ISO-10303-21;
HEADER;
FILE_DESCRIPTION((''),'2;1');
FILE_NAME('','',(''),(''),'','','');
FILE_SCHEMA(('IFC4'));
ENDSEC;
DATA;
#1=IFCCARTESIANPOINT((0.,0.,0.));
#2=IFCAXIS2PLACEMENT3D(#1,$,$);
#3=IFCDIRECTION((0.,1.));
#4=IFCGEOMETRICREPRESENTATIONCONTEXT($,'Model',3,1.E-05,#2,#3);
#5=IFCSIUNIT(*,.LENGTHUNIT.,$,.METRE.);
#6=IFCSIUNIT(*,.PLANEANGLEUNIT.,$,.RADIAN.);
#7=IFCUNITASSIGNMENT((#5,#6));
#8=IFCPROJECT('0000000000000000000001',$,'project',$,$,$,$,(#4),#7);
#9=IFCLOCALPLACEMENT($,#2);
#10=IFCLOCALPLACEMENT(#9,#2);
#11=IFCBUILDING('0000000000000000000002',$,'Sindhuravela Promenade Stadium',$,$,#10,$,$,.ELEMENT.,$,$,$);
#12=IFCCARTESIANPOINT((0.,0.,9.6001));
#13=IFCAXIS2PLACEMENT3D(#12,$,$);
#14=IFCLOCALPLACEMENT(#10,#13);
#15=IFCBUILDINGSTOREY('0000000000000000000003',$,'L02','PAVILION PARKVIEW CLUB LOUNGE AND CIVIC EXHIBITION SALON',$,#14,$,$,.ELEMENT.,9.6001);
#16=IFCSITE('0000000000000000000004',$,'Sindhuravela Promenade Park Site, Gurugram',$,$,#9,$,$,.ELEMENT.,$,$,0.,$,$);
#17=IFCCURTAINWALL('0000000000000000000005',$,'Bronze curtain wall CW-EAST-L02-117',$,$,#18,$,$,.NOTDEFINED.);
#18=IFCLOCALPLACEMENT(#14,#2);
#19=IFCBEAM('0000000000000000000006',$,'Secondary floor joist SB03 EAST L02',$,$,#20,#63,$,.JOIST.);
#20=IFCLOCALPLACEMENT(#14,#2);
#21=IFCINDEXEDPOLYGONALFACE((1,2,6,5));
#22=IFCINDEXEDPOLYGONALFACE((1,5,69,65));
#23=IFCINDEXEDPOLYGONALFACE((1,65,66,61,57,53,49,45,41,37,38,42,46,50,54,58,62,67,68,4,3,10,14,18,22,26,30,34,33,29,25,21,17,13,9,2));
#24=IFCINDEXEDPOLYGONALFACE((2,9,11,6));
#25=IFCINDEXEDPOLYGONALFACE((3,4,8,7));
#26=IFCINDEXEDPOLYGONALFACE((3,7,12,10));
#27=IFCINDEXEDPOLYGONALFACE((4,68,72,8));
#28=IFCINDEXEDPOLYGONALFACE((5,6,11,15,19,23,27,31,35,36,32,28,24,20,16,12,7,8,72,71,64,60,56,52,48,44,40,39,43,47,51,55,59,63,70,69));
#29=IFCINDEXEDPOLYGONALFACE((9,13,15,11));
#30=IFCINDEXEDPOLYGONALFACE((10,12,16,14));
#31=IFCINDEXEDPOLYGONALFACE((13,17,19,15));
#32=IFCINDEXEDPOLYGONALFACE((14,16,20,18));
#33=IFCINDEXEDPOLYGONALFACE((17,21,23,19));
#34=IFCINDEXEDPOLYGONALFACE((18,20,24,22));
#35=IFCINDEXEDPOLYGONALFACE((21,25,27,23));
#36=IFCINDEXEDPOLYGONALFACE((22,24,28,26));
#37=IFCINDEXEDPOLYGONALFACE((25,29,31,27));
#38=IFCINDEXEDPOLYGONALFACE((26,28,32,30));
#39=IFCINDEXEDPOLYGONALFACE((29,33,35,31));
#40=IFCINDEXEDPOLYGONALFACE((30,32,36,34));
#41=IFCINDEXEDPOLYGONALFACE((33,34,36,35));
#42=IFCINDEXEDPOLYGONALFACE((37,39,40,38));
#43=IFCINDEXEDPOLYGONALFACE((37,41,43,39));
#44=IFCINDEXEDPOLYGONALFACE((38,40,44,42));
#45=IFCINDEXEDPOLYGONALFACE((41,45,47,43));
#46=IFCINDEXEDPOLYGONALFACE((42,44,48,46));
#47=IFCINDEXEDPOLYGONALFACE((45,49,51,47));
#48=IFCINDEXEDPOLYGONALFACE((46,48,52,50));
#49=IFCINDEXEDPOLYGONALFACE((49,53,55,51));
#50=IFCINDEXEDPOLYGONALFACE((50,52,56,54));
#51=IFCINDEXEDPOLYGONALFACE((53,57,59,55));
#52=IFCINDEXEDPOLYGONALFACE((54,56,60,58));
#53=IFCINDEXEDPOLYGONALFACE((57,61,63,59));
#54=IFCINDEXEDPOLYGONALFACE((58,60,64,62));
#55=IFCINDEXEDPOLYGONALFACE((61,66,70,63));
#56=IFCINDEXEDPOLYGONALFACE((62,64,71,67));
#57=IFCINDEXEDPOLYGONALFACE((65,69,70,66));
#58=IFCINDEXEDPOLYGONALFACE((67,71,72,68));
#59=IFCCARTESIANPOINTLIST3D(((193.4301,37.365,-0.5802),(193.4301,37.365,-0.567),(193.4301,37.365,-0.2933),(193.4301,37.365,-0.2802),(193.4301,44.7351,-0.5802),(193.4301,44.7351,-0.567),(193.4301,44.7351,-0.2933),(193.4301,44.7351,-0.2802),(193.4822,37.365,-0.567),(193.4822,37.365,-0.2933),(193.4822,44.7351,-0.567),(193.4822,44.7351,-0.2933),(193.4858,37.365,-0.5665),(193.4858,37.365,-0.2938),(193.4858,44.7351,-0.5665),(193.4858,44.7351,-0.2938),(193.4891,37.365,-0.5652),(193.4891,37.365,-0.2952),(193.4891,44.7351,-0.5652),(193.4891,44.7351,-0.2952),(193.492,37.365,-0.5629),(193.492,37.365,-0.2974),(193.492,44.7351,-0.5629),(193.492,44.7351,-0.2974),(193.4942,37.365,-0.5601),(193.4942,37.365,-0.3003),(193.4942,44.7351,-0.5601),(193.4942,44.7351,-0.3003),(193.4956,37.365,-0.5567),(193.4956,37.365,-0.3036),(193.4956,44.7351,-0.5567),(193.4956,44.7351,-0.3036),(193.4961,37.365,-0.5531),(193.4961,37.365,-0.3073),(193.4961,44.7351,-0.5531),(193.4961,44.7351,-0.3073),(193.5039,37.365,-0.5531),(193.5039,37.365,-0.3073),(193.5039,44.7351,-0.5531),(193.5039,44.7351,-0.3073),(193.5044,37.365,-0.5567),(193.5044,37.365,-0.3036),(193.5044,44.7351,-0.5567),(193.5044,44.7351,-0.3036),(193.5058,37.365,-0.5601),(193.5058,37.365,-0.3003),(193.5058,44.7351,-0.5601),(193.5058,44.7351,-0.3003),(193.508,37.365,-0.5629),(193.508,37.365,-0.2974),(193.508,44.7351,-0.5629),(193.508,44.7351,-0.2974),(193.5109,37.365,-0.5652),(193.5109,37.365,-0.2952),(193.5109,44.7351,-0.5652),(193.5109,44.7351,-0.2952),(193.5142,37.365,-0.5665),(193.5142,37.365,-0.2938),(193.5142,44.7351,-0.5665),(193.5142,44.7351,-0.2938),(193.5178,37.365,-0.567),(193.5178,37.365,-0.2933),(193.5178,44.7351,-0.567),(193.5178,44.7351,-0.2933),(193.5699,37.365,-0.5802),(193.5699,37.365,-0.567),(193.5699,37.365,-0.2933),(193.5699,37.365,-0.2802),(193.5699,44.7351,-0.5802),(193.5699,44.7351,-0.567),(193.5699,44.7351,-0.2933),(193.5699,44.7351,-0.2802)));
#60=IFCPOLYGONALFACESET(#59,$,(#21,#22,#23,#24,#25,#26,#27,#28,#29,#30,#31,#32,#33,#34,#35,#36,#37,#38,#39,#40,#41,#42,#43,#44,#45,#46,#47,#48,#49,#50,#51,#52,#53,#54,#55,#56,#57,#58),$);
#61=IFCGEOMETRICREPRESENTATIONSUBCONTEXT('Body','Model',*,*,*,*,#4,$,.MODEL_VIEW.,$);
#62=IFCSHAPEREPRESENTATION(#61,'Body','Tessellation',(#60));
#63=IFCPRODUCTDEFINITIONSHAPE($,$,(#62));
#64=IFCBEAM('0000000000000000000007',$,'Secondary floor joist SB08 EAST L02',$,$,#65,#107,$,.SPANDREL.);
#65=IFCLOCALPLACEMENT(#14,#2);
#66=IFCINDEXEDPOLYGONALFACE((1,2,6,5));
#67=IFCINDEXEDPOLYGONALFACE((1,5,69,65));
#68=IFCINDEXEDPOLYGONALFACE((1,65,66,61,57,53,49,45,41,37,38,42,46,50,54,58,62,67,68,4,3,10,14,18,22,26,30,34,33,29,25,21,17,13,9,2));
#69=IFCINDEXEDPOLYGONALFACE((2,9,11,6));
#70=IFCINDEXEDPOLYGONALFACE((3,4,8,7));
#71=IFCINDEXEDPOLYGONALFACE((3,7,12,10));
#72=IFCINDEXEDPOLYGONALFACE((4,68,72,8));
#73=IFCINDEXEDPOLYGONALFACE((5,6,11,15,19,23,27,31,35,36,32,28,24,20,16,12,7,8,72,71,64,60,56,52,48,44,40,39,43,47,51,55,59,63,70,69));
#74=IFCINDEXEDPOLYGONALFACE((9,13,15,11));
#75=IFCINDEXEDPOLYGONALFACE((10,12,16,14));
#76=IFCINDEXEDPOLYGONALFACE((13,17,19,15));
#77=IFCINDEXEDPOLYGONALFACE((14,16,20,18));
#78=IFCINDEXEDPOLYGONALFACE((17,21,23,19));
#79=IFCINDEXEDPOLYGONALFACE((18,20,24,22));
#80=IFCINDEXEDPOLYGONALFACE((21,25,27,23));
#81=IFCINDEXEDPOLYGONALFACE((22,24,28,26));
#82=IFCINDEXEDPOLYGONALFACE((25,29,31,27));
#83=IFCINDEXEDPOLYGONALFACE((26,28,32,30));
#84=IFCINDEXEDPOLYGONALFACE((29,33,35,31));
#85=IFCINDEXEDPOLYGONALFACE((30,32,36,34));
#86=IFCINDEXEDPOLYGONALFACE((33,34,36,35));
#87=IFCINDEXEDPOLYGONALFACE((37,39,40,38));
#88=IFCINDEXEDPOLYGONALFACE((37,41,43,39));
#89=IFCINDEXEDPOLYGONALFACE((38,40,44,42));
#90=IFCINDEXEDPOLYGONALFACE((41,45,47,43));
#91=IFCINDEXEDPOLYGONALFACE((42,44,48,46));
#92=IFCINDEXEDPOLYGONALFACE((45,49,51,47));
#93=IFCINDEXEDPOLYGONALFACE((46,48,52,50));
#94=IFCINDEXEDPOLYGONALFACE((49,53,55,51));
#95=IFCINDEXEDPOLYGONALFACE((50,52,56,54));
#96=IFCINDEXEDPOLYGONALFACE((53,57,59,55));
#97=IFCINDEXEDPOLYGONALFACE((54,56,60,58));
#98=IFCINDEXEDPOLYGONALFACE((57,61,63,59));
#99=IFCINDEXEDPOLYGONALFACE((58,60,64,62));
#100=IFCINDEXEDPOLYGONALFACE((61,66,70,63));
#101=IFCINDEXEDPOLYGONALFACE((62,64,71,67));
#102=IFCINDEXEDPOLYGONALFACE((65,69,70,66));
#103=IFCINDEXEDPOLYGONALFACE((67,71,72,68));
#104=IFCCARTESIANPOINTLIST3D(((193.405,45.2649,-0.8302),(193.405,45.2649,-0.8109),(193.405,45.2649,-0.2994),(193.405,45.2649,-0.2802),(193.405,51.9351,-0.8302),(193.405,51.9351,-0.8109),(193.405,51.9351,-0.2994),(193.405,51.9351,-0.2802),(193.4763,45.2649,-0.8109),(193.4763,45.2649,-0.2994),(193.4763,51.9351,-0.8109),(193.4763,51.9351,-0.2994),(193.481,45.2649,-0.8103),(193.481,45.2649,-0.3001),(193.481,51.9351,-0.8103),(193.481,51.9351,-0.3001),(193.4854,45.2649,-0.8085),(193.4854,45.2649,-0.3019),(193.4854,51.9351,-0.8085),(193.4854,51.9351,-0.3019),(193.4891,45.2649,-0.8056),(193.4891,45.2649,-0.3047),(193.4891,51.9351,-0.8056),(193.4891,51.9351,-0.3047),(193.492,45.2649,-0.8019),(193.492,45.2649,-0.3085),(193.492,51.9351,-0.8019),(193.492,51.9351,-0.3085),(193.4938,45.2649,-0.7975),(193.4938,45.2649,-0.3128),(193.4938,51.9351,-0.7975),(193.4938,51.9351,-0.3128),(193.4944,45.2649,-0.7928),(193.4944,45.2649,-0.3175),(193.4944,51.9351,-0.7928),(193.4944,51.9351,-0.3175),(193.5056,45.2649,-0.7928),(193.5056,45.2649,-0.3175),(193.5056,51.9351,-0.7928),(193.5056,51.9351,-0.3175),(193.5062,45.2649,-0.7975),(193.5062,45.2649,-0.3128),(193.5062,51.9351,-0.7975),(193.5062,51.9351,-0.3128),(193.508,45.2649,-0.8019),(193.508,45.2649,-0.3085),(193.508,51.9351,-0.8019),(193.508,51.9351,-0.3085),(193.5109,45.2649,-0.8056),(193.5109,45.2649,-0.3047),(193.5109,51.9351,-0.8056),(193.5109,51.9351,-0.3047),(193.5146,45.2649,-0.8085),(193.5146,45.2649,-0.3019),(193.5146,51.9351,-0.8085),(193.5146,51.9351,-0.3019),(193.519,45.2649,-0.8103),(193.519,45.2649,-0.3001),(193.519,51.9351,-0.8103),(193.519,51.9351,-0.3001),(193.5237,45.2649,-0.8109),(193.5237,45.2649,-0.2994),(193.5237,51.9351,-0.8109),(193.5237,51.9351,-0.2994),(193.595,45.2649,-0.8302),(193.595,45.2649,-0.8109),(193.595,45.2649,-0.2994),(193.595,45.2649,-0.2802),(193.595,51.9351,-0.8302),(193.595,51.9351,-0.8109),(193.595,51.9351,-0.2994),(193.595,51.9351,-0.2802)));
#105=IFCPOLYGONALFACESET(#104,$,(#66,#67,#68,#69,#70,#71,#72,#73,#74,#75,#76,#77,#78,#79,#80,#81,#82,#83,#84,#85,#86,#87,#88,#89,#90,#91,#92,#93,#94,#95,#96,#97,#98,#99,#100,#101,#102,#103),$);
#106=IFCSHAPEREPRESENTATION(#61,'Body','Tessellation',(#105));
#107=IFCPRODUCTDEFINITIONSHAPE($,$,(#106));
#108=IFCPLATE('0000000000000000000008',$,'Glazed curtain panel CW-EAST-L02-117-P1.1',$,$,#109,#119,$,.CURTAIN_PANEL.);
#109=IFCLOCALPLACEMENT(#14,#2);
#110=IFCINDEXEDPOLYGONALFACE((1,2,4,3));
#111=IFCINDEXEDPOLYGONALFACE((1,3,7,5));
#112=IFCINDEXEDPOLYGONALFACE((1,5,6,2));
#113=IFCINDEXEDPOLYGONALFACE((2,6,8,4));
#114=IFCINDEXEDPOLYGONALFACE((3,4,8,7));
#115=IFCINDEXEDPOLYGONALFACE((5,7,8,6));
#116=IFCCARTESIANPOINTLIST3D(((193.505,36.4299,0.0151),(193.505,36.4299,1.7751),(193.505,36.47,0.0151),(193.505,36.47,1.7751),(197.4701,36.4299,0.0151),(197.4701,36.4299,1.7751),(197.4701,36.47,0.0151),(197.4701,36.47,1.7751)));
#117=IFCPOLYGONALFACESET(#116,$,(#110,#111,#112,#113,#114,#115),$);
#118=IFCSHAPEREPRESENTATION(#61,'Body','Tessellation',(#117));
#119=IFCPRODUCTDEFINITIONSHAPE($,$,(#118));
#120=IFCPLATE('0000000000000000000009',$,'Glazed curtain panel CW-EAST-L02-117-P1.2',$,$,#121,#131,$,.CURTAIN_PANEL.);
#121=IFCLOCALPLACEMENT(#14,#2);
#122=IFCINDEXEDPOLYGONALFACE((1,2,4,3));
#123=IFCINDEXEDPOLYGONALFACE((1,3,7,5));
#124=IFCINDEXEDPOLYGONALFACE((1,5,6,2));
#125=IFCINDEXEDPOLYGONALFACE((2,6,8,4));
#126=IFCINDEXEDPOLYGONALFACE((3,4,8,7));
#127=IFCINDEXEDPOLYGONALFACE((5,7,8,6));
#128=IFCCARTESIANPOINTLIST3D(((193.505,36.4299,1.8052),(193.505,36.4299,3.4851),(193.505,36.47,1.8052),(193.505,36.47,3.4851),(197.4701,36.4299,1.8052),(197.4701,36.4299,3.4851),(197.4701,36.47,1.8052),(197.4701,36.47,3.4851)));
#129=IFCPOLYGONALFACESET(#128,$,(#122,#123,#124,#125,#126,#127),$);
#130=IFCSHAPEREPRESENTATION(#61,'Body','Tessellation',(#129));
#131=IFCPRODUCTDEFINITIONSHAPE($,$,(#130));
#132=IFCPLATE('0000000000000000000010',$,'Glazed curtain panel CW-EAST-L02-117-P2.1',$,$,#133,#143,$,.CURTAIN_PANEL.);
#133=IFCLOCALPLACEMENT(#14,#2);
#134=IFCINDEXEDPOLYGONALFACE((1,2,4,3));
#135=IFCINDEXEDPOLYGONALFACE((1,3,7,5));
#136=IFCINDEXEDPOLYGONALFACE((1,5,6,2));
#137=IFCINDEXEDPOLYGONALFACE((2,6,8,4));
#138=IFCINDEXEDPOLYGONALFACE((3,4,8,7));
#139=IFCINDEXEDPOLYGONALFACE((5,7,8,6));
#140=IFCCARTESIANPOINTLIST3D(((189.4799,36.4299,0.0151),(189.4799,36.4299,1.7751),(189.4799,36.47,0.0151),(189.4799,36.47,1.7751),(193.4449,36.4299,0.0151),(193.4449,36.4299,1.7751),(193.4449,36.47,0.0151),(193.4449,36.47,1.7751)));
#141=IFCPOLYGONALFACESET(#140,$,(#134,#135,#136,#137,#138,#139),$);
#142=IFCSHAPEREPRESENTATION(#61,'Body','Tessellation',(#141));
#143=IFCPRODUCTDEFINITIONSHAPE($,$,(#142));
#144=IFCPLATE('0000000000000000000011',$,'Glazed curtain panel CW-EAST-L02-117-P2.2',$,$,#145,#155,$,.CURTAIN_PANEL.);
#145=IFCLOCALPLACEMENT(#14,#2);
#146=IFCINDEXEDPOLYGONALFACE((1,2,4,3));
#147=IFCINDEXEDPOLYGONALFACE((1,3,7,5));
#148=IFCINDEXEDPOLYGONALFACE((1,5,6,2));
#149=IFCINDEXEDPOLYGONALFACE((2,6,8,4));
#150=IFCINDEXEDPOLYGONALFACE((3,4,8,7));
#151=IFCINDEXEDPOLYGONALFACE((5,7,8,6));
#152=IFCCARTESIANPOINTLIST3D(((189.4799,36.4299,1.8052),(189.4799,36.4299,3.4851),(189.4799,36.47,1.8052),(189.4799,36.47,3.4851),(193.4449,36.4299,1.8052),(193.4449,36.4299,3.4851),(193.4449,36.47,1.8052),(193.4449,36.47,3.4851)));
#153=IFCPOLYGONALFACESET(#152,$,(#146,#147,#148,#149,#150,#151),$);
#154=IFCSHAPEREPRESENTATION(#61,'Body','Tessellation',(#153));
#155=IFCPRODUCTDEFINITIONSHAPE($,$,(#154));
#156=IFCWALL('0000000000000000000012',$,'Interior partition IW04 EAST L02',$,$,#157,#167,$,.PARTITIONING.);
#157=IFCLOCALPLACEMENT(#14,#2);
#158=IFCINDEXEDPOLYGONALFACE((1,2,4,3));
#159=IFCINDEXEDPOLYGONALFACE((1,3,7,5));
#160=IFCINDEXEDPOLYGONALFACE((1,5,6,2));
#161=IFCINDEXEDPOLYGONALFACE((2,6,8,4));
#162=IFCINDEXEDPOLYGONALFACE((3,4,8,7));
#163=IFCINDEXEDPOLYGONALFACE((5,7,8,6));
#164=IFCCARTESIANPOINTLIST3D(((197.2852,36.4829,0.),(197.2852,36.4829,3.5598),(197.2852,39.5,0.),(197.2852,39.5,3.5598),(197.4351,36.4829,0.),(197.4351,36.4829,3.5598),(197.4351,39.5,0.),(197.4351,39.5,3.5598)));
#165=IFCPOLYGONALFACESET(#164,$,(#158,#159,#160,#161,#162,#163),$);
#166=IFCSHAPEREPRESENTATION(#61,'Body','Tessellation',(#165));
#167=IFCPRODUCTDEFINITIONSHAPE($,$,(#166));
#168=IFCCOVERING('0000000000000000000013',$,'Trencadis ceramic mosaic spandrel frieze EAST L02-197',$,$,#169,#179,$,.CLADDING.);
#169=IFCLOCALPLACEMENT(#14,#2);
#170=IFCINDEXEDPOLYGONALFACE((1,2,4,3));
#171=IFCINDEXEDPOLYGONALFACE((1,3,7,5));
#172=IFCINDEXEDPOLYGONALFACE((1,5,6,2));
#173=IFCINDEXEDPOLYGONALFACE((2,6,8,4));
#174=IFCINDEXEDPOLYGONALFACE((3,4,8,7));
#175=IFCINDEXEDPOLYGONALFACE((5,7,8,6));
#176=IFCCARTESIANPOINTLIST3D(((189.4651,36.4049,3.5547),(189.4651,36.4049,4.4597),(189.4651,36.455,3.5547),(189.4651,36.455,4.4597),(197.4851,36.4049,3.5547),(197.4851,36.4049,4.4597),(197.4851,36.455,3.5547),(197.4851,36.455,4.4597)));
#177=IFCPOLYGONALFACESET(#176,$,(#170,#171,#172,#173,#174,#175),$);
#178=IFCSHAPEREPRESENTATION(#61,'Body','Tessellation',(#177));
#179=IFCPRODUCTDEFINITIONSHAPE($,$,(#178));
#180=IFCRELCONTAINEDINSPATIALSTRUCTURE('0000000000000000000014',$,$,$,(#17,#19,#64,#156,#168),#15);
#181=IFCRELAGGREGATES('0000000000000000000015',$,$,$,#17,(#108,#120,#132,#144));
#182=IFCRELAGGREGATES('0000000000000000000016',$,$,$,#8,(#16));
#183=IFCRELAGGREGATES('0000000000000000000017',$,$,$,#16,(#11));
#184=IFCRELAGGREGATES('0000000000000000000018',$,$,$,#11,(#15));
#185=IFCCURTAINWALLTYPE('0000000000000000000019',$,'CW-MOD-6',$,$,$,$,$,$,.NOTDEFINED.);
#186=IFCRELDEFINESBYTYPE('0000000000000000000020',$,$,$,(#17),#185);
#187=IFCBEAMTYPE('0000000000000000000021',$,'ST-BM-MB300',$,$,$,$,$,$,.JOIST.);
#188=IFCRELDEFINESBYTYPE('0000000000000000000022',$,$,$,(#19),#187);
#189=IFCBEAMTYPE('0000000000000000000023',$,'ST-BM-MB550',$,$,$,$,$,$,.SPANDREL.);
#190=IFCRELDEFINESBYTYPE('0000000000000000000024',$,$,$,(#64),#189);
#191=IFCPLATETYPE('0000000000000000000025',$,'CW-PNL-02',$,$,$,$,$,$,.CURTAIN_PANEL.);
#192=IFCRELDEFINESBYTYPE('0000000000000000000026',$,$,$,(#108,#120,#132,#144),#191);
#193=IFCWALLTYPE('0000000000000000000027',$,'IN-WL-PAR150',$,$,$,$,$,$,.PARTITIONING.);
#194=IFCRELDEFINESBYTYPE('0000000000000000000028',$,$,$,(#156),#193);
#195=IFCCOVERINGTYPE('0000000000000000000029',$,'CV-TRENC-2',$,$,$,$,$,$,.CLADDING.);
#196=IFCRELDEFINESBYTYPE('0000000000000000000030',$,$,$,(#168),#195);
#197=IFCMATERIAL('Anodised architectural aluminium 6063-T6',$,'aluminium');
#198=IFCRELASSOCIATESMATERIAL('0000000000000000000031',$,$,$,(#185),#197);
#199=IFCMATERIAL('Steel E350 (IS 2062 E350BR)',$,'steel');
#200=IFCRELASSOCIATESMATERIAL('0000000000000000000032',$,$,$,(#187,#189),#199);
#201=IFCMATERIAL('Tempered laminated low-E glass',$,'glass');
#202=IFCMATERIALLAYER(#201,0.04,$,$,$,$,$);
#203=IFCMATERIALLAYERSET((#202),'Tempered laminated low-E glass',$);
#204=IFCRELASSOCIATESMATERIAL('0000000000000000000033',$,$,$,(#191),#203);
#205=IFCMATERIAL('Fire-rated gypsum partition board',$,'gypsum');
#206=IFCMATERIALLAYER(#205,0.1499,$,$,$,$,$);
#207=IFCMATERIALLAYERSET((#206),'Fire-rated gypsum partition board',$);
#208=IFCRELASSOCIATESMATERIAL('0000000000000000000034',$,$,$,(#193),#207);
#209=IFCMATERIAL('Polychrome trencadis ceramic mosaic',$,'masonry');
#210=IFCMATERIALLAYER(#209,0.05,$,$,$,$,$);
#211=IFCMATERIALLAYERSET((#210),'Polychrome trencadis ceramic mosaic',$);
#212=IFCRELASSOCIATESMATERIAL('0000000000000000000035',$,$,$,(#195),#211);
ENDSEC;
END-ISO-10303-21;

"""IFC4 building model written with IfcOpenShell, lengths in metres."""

from ifc_helpers import new_model, si_unit, direction, frame, frame_2d, origin, origin_2d, place, context, subcontext, project, spatial, rectangle, i_section, extrude, material, layer, layer_set, material_profile, profile_set, type_object, element, aggregate, save


model = new_model("IFC4")

# Units and contexts
model_context = context("Model", 3, precision=1e-05, world=origin(), true_north=direction((0.0, 1.0)))
body_context = subcontext(model_context, "Body", "Model", "MODEL_VIEW")
ifc_project = project(units=[si_unit("LENGTHUNIT", "METRE"), si_unit("PLANEANGLEUNIT", "RADIAN")], contexts=[model_context])

# Site, building, storey
site_placement = place(None, origin())
site = spatial("IfcSite", under=ifc_project, at=site_placement, Name="Sindhuravela Promenade Park Site, Gurugram", CompositionType="ELEMENT", RefElevation=0.0)
building_placement = place(site_placement, origin())
building = spatial("IfcBuilding", under=site, at=building_placement, Name="Sindhuravela Promenade Stadium", CompositionType="ELEMENT")
storey_placement = place(building_placement, frame((0.0, 0.0, 9.6001)))
storey = spatial("IfcBuildingStorey", under=building, at=storey_placement, Name="L02", Description="PAVILION PARKVIEW CLUB LOUNGE AND CIVIC EXHIBITION SALON", CompositionType="ELEMENT", Elevation=9.6001)

# Curtain wall
ifc_material_1 = material(Name="Anodised architectural aluminium 6063-T6", Category="aluminium")
curtain_wall_type = type_object("IfcCurtainWallType", Name="CW-MOD-6", PredefinedType="NOTDEFINED", material=ifc_material_1)
curtain_wall_placement = place(storey_placement, origin())
curtain_wall = element("IfcCurtainWall", 1, at=curtain_wall_placement, inside=storey, type_object=curtain_wall_type, Name="Bronze curtain wall CW-EAST-L02-117", PredefinedType="NOTDEFINED")

# Beams
ifc_material_2 = material(Name="Steel E350 (IS 2062 E350BR)", Category="steel")
ifc_material_profile_1 = material_profile(ifc_material_2, i_section(OverallWidth=0.1399, OverallDepth=0.3, WebThickness=0.0078, FlangeThickness=0.0132, FilletRadius=0.0139, at=origin_2d()), Name="ISMB 300")
ifc_profile_set_1 = profile_set([ifc_material_profile_1], Name="Steel E350 (IS 2062 E350BR)")
beam_type_1 = type_object("IfcBeamType", Name="ST-BM-MB300", PredefinedType="JOIST", material=ifc_profile_set_1)
beam_1_placement = place(storey_placement, frame((193.5, 37.365, -0.4302), z_axis=(0.0, 1.0, 0.0), x_axis=(-1.0, 0.0, 0.0)))
element("IfcBeam", 2, at=beam_1_placement, inside=storey, type_object=beam_type_1, Name="Secondary floor joist SB03 EAST L02", PredefinedType="JOIST", context=body_context, shape_type="SweptSolid", body=[
    extrude(i_section(OverallWidth=0.1399, OverallDepth=0.3, WebThickness=0.0078, FlangeThickness=0.0132, FilletRadius=0.0139, at=origin_2d()), origin(), (0.0, 0.0, 1.0), 7.3701),
])
ifc_material_profile_2 = material_profile(ifc_material_2, i_section(OverallWidth=0.1899, OverallDepth=0.55, WebThickness=0.0112, FlangeThickness=0.0193, FilletRadius=0.0181, at=origin_2d()), Name="ISMB 550")
ifc_profile_set_2 = profile_set([ifc_material_profile_2], Name="Steel E350 (IS 2062 E350BR)")
beam_type_2 = type_object("IfcBeamType", Name="ST-BM-MB550", PredefinedType="SPANDREL", material=ifc_profile_set_2)
beam_2_placement = place(storey_placement, frame((193.5, 45.2649, -0.5552), z_axis=(0.0, 1.0, 0.0), x_axis=(-1.0, 0.0, 0.0)))
element("IfcBeam", 3, at=beam_2_placement, inside=storey, type_object=beam_type_2, Name="Secondary floor joist SB08 EAST L02", PredefinedType="SPANDREL", context=body_context, shape_type="SweptSolid", body=[
    extrude(i_section(OverallWidth=0.1899, OverallDepth=0.55, WebThickness=0.0112, FlangeThickness=0.0193, FilletRadius=0.0181, at=origin_2d()), origin(), (0.0, 0.0, 1.0), 6.6702),
])

# Plates
ifc_material_3 = material(Name="Tempered laminated low-E glass", Category="glass")
ifc_layer_1 = layer(ifc_material_3, 0.04)
ifc_layer_set_1 = layer_set([ifc_layer_1], Name="Tempered laminated low-E glass")
plate_type = type_object("IfcPlateType", Name="CW-PNL-02", PredefinedType="CURTAIN_PANEL", material=ifc_layer_set_1)
plate_1_placement = place(storey_placement, frame((195.4875, 36.45, 0.0151), z_axis=(0.0, 0.0, 1.0), x_axis=(-1.0, 0.0, 0.0)))
plate_1 = element("IfcPlate", 4, at=plate_1_placement, type_object=plate_type, Name="Glazed curtain panel CW-EAST-L02-117-P1.1", PredefinedType="CURTAIN_PANEL", context=body_context, shape_type="SweptSolid", body=[
    extrude(rectangle(XDim=3.9651, YDim=0.04, at=origin_2d()), origin(), (0.0, 0.0, 1.0), 1.76),
])
plate_2_placement = place(storey_placement, frame((195.4875, 36.45, 1.8052), z_axis=(0.0, 0.0, 1.0), x_axis=(-1.0, 0.0, 0.0)))
plate_2 = element("IfcPlate", 5, at=plate_2_placement, type_object=plate_type, Name="Glazed curtain panel CW-EAST-L02-117-P1.2", PredefinedType="CURTAIN_PANEL", context=body_context, shape_type="SweptSolid", body=[
    extrude(rectangle(XDim=3.9651, YDim=0.04, at=origin_2d()), origin(), (0.0, 0.0, 1.0), 1.6799),
])
plate_3_placement = place(storey_placement, frame((191.4624, 36.45, 0.0151), z_axis=(0.0, 0.0, 1.0), x_axis=(-1.0, 0.0, 0.0)))
plate_3 = element("IfcPlate", 6, at=plate_3_placement, type_object=plate_type, Name="Glazed curtain panel CW-EAST-L02-117-P2.1", PredefinedType="CURTAIN_PANEL", context=body_context, shape_type="SweptSolid", body=[
    extrude(rectangle(XDim=3.9651, YDim=0.04, at=origin_2d()), origin(), (0.0, 0.0, 1.0), 1.76),
])
plate_4_placement = place(storey_placement, frame((191.4624, 36.45, 1.8052), z_axis=(0.0, 0.0, 1.0), x_axis=(-1.0, 0.0, 0.0)))
plate_4 = element("IfcPlate", 7, at=plate_4_placement, type_object=plate_type, Name="Glazed curtain panel CW-EAST-L02-117-P2.2", PredefinedType="CURTAIN_PANEL", context=body_context, shape_type="SweptSolid", body=[
    extrude(rectangle(XDim=3.9651, YDim=0.04, at=origin_2d()), origin(), (0.0, 0.0, 1.0), 1.6799),
])
aggregate(curtain_wall, [plate_1, plate_2, plate_3, plate_4])

# Wall
ifc_material_4 = material(Name="Fire-rated gypsum partition board", Category="gypsum")
ifc_layer_2 = layer(ifc_material_4, 0.1499)
ifc_layer_set_2 = layer_set([ifc_layer_2], Name="Fire-rated gypsum partition board")
wall_type = type_object("IfcWallType", Name="IN-WL-PAR150", PredefinedType="PARTITIONING", material=ifc_layer_set_2)
wall_placement = place(storey_placement, frame((197.3601, 39.5, 0.0), z_axis=(0.0, 0.0, 1.0), x_axis=(0.0, -1.0, 0.0)))
element("IfcWall", 8, at=wall_placement, inside=storey, type_object=wall_type, Name="Interior partition IW04 EAST L02", PredefinedType="PARTITIONING", context=body_context, shape_type="SweptSolid", body=[
    extrude(rectangle(XDim=3.0171, YDim=0.1499, at=frame_2d((1.5085, 0.0))), origin(), (0.0, 0.0, 1.0), 3.5598),
])

# Covering
ifc_material_5 = material(Name="Polychrome trencadis ceramic mosaic", Category="masonry")
ifc_layer_3 = layer(ifc_material_5, 0.05)
ifc_layer_set_3 = layer_set([ifc_layer_3], Name="Polychrome trencadis ceramic mosaic")
covering_type = type_object("IfcCoveringType", Name="CV-TRENC-2", PredefinedType="CLADDING", material=ifc_layer_set_3)
covering_placement = place(storey_placement, frame((193.4751, 36.4299, 3.5547), z_axis=(0.0, 0.0, 1.0), x_axis=(-1.0, 0.0, 0.0)))
element("IfcCovering", 9, at=covering_placement, inside=storey, type_object=covering_type, Name="Trencadis ceramic mosaic spandrel frieze EAST L02-197", PredefinedType="CLADDING", context=body_context, shape_type="SweptSolid", body=[
    extrude(rectangle(XDim=8.02, YDim=0.05, at=origin_2d()), origin(), (0.0, 0.0, 1.0), 0.905),
])

save(model, "model.ifc")
